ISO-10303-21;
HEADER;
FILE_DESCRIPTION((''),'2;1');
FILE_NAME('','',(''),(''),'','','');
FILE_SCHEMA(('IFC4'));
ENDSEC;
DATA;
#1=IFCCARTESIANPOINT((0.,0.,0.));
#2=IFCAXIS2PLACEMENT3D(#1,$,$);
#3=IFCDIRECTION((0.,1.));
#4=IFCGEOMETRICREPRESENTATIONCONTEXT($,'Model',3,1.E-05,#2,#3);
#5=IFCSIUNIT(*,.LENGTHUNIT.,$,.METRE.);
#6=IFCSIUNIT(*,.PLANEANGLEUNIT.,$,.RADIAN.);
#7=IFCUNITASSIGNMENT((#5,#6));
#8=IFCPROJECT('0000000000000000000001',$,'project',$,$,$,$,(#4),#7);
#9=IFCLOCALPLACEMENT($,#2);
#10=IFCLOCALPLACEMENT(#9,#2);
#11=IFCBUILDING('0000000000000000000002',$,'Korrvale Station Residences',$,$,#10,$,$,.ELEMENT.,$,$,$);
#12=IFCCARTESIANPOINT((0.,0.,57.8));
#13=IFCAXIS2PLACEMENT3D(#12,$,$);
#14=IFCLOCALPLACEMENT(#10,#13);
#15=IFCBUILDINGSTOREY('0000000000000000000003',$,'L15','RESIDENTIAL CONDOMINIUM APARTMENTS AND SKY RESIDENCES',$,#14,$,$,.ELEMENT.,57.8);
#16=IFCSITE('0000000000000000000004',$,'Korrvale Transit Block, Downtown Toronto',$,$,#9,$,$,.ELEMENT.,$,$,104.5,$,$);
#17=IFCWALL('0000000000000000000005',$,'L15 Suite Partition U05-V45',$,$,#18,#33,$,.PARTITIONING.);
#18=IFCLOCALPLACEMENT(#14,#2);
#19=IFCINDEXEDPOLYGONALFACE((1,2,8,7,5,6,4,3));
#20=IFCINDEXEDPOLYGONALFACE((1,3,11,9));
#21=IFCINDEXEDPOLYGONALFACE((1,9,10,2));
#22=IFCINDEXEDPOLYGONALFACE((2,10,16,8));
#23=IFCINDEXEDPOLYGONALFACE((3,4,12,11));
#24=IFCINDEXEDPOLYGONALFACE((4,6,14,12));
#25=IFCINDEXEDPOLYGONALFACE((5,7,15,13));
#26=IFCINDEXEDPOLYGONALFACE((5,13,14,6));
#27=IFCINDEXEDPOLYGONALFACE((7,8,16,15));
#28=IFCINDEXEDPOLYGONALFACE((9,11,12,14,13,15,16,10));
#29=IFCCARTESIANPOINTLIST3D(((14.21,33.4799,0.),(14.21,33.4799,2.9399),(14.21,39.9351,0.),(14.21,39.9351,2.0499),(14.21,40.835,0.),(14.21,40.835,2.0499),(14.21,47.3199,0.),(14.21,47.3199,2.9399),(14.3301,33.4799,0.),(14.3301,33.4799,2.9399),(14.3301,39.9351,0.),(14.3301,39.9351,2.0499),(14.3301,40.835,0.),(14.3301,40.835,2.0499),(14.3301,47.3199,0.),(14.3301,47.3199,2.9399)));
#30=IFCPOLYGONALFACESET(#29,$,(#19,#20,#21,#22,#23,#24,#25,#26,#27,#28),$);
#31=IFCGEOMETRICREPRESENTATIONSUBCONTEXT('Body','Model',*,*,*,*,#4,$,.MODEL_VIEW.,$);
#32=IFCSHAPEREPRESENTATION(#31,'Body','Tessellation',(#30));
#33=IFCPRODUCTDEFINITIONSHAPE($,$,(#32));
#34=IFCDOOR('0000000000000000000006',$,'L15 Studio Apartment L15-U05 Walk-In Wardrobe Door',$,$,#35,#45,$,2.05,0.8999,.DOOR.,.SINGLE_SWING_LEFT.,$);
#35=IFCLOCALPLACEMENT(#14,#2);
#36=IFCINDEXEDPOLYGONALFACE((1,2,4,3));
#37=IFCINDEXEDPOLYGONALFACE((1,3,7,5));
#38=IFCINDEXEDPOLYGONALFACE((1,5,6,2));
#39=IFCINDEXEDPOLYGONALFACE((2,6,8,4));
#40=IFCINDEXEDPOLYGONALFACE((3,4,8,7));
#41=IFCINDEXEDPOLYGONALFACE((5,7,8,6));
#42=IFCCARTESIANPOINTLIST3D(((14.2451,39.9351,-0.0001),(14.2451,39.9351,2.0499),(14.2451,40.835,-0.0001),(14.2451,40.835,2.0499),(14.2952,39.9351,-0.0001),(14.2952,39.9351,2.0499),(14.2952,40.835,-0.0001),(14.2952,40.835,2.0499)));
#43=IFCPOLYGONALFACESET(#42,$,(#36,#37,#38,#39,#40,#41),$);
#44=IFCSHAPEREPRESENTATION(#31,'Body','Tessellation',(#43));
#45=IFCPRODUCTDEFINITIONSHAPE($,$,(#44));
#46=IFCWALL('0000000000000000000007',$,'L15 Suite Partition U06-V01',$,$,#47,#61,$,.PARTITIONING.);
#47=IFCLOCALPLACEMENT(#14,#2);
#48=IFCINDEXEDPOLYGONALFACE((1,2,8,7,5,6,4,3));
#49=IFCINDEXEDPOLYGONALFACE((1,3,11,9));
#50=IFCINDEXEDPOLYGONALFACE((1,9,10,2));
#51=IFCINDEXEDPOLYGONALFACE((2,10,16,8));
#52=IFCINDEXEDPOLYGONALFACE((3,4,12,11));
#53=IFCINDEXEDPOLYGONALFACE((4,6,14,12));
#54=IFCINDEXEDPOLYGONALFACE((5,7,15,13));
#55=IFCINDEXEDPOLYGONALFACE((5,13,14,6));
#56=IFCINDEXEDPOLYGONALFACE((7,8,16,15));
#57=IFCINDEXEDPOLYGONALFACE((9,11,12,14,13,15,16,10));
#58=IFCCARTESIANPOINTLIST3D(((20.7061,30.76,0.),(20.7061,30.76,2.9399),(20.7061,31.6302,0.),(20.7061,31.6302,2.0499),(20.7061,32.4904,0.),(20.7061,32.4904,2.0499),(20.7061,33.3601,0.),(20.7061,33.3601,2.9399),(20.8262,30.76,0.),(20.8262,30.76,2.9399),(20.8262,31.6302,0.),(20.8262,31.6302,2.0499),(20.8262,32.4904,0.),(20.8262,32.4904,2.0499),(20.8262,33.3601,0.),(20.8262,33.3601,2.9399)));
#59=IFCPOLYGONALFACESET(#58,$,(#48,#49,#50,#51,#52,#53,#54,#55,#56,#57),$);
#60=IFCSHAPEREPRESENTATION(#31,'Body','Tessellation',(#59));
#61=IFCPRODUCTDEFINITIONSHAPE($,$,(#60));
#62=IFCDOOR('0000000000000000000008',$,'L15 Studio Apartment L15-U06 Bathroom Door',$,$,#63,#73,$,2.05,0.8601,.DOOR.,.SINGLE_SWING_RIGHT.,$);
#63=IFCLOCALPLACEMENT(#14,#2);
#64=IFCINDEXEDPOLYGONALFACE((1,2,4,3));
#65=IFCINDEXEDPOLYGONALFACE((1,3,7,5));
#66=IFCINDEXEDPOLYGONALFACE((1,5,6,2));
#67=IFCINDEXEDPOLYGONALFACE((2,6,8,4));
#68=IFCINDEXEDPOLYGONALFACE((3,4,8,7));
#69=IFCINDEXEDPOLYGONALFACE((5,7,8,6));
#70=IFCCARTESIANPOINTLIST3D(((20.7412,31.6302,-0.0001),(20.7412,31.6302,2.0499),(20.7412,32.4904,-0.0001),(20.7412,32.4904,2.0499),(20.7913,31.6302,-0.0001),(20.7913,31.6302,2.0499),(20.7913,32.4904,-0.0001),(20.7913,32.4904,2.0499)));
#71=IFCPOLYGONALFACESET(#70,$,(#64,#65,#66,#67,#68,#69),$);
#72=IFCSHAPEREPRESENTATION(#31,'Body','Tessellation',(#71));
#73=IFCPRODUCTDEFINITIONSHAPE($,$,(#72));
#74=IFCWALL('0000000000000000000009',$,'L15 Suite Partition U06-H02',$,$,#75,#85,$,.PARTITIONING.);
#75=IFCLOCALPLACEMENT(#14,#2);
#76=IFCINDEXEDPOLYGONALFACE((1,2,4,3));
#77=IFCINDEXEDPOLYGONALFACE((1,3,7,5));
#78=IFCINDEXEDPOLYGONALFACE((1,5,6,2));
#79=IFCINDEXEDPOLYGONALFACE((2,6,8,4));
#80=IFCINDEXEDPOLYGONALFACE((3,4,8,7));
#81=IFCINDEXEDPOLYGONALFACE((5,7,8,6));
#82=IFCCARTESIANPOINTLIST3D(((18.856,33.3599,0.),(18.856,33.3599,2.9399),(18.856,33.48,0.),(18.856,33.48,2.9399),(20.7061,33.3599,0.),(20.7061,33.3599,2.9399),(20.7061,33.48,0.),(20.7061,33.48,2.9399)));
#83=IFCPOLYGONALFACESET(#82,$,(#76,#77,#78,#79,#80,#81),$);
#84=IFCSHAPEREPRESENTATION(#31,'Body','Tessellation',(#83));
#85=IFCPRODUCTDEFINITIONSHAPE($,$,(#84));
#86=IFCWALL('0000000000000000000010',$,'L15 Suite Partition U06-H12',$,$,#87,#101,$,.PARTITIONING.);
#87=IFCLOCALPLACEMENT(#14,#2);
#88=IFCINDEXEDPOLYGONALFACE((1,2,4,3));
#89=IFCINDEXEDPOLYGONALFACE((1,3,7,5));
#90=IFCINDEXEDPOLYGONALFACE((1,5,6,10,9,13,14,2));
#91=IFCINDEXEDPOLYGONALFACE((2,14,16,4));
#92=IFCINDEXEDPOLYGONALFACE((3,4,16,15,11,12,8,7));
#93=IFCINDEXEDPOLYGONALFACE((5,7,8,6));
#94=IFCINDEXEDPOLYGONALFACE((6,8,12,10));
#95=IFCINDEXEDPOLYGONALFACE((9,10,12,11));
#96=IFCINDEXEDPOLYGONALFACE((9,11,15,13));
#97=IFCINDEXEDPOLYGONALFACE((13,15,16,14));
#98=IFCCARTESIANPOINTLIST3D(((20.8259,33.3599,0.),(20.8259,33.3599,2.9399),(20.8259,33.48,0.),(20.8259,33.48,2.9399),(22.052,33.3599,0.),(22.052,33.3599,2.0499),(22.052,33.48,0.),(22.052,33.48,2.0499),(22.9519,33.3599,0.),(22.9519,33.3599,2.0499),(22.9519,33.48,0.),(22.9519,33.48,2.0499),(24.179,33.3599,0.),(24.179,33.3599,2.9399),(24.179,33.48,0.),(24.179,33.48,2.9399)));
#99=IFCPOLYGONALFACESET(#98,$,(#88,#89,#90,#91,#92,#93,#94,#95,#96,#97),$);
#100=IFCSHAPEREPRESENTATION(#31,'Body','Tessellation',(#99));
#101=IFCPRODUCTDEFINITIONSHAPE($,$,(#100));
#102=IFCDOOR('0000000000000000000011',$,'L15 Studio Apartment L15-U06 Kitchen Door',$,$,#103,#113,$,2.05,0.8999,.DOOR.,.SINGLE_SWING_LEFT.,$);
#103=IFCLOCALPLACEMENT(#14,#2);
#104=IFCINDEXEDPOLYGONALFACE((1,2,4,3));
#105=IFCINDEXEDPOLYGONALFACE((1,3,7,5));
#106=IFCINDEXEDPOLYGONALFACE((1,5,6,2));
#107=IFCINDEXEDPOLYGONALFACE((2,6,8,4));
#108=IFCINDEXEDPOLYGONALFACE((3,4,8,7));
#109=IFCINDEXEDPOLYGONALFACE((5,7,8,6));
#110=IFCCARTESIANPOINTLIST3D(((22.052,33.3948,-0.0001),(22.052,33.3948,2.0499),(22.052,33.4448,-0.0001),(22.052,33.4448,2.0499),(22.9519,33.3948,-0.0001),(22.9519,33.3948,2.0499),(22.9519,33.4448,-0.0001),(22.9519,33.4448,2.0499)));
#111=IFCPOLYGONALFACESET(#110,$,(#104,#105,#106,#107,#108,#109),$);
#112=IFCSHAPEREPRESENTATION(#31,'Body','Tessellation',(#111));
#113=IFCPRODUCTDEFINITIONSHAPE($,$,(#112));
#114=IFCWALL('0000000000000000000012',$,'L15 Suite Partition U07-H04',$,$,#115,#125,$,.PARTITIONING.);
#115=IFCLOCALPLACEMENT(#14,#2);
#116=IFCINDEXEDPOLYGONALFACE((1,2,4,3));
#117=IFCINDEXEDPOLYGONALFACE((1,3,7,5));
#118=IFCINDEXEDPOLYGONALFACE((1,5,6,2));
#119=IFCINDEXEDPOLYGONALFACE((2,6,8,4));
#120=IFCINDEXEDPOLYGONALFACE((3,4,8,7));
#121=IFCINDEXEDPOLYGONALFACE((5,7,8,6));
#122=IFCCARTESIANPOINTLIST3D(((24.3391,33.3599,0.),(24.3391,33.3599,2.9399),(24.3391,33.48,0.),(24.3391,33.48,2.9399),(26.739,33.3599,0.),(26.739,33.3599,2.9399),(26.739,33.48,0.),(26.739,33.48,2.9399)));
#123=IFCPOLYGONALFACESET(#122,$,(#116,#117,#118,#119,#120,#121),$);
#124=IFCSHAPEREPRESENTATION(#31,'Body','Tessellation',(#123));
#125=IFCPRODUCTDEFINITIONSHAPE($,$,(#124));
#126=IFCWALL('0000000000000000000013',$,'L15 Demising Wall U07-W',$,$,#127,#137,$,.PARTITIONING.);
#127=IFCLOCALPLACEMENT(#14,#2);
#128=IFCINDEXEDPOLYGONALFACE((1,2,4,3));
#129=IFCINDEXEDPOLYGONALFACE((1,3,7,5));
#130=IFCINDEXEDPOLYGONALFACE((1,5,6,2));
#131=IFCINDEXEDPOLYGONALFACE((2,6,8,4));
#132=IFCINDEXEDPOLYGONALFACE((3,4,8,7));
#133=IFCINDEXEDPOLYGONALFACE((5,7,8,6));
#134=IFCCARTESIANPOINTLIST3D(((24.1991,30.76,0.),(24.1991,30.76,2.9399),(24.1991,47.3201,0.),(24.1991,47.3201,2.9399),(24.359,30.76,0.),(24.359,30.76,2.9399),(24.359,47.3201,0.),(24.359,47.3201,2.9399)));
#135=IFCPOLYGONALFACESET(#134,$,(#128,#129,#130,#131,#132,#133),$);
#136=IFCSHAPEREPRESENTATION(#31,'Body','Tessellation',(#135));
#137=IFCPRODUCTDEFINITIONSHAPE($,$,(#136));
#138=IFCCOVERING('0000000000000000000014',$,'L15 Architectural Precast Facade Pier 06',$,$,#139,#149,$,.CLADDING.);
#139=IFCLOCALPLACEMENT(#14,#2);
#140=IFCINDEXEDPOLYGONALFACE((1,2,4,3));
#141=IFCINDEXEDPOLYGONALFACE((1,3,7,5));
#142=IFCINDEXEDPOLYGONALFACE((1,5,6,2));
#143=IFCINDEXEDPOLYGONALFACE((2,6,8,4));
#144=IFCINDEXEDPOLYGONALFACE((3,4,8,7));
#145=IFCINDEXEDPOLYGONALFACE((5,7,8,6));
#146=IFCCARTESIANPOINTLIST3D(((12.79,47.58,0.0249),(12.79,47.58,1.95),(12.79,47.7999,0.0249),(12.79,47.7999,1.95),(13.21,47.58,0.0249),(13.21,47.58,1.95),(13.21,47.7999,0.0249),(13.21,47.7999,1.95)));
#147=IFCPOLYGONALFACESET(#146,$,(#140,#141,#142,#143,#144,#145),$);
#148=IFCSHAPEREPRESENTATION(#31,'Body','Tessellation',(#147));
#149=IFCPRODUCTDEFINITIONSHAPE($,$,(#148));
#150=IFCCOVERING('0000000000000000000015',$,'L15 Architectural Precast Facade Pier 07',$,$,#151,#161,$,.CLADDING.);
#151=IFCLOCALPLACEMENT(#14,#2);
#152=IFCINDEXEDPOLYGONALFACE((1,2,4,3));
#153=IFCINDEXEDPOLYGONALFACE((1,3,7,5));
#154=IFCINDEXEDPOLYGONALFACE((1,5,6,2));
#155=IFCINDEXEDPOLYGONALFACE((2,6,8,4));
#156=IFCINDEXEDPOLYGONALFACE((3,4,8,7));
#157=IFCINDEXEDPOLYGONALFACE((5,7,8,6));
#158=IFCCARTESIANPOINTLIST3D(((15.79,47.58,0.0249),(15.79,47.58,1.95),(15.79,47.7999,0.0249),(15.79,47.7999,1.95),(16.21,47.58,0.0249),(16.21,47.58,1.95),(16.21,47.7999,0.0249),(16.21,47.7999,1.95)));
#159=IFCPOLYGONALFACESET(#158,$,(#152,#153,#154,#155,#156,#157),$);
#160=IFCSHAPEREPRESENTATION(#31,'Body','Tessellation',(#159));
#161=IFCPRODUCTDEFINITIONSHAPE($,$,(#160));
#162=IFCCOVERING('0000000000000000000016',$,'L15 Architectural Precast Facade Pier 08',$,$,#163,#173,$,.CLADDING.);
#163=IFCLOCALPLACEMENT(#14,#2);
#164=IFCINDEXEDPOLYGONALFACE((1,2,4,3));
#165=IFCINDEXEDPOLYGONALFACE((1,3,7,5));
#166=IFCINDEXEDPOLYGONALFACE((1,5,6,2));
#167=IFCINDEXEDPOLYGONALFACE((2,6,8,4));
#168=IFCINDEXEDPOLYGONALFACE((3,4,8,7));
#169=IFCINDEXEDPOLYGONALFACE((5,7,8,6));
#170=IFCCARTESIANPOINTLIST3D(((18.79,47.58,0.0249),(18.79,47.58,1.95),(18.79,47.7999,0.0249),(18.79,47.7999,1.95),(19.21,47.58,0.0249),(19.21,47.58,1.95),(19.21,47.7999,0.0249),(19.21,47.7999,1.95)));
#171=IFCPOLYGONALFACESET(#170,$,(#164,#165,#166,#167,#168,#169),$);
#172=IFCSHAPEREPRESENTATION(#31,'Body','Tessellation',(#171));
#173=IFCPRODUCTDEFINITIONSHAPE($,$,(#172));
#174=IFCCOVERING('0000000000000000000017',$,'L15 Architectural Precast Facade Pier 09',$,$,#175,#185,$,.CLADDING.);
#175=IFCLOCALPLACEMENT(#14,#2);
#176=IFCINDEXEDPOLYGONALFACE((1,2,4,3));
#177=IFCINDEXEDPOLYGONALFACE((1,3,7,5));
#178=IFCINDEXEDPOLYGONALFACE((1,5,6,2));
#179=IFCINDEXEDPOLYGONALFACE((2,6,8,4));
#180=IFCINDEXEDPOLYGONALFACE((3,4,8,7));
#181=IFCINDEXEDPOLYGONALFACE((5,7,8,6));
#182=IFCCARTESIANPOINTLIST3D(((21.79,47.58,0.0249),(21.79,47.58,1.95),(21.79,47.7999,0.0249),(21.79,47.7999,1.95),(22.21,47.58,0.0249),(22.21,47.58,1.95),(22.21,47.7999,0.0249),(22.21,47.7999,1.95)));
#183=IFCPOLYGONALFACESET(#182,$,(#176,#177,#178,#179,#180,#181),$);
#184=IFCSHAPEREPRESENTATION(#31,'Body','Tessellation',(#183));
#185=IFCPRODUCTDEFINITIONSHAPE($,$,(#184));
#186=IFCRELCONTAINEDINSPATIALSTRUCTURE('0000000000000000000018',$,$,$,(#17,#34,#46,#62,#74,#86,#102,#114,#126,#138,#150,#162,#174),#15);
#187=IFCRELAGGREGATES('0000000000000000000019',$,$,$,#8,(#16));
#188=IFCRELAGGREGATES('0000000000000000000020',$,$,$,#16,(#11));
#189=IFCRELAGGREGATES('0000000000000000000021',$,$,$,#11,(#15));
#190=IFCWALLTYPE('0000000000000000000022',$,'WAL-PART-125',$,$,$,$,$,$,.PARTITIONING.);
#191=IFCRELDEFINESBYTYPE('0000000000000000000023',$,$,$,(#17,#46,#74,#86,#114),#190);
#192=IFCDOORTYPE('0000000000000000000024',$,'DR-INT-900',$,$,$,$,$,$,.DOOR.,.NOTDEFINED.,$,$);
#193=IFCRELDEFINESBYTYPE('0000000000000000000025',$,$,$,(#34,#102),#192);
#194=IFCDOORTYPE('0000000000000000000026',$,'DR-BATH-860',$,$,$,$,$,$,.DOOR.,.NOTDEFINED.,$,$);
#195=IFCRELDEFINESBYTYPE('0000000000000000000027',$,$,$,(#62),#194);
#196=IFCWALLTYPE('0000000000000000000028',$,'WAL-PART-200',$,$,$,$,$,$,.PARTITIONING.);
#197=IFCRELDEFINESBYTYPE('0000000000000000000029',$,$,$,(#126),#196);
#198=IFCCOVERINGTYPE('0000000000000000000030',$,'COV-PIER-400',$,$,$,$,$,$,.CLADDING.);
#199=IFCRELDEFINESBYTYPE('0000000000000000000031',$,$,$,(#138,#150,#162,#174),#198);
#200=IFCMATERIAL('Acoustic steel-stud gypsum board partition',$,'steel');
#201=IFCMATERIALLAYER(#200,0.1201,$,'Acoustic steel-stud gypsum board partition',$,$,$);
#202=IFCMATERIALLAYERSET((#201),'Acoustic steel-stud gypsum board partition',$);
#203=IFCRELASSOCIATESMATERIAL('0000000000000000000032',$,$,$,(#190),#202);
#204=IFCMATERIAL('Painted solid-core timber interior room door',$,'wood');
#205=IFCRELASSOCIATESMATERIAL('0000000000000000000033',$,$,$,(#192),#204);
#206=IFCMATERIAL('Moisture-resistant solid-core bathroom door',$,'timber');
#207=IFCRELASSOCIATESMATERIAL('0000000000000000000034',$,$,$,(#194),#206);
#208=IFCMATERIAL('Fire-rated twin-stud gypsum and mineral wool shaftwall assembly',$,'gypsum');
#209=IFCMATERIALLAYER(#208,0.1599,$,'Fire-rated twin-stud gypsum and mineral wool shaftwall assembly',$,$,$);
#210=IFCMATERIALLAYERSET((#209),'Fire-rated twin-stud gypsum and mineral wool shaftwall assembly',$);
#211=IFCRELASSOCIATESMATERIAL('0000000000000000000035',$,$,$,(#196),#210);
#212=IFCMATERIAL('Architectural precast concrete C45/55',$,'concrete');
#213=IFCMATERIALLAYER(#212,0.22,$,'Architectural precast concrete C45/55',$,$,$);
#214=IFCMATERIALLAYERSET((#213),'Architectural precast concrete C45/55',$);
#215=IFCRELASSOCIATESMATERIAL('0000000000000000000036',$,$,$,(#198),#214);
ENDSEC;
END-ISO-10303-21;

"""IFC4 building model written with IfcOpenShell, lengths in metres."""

from ifc_helpers import new_model, si_unit, direction, frame, frame_2d, origin, origin_2d, place, context, subcontext, project, spatial, rectangle, extrude, material, layer, layer_set, type_object, element, fill, save


model = new_model("IFC4")

# Units and contexts
model_context = context("Model", 3, precision=1e-05, world=origin(), true_north=direction((0.0, 1.0)))
body_context = subcontext(model_context, "Body", "Model", "MODEL_VIEW")
ifc_project = project(units=[si_unit("LENGTHUNIT", "METRE"), si_unit("PLANEANGLEUNIT", "RADIAN")], contexts=[model_context])

# Site, building, storey
site_placement = place(None, origin())
site = spatial("IfcSite", under=ifc_project, at=site_placement, Name="Korrvale Transit Block, Downtown Toronto", CompositionType="ELEMENT", RefElevation=104.5)
building_placement = place(site_placement, origin())
building = spatial("IfcBuilding", under=site, at=building_placement, Name="Korrvale Station Residences", CompositionType="ELEMENT")
storey_placement = place(building_placement, frame((0.0, 0.0, 57.8)))
storey = spatial("IfcBuildingStorey", under=building, at=storey_placement, Name="L15", Description="RESIDENTIAL CONDOMINIUM APARTMENTS AND SKY RESIDENCES", CompositionType="ELEMENT", Elevation=57.8)

# Walls, openings, doors
ifc_material_1 = material(Name="Acoustic steel-stud gypsum board partition", Category="steel")
ifc_layer_1 = layer(ifc_material_1, 0.1201, Name="Acoustic steel-stud gypsum board partition")
ifc_layer_set_1 = layer_set([ifc_layer_1], Name="Acoustic steel-stud gypsum board partition")
wall_type_1 = type_object("IfcWallType", Name="WAL-PART-125", PredefinedType="PARTITIONING", material=ifc_layer_set_1)
ifc_material_2 = material(Name="Painted solid-core timber interior room door", Category="wood")
door_type_1 = type_object("IfcDoorType", Name="DR-INT-900", OperationType="NOTDEFINED", PredefinedType="DOOR", material=ifc_material_2)
wall_1_placement = place(storey_placement, frame((14.27, 33.48, 0.0), z_axis=(0.0, 0.0, 1.0), x_axis=(0.0, 1.0, 0.0)))
wall_1 = element("IfcWall", 1, at=wall_1_placement, inside=storey, type_object=wall_type_1, Name="L15 Suite Partition U05-V45", PredefinedType="PARTITIONING", context=body_context, shape_type="SweptSolid", body=[
    extrude(rectangle(XDim=13.8401, YDim=0.1201, at=frame_2d((6.9199, 0.0))), origin(), (0.0, 0.0, 1.0), 2.9399),
])
opening_1_placement = place(wall_1_placement, frame((6.4551, 0.0, 0.0)))
opening_1 = element("IfcOpeningElement", 2, at=opening_1_placement, cuts=wall_1, PredefinedType="OPENING", context=body_context, shape_type="SweptSolid", body=[
    extrude(rectangle(XDim=0.8999, YDim=2.05, at=frame_2d((0.45, 1.0249))), frame((0.0, 0.0701, 0.0), z_axis=(0.0, -1.0, 0.0), x_axis=(1.0, 0.0, 0.0)), (0.0, 0.0, 1.0), 0.1401),
])
door_1_placement = place(opening_1_placement, origin())
door_1 = element("IfcDoor", 3, at=door_1_placement, inside=storey, type_object=door_type_1, Name="L15 Studio Apartment L15-U05 Walk-In Wardrobe Door", OperationType="SINGLE_SWING_LEFT", OverallHeight=2.05, OverallWidth=0.8999, PredefinedType="DOOR", context=body_context, shape_type="SweptSolid", body=[
    extrude(rectangle(XDim=0.8999, YDim=2.05, at=frame_2d((0.45, 1.0249))), frame((0.0, 0.0249, 0.0), z_axis=(0.0, -1.0, 0.0), x_axis=(1.0, 0.0, 0.0)), (0.0, 0.0, 1.0), 0.05),
])
fill(opening_1, door_1)
wall_2_placement = place(storey_placement, frame((20.7661, 30.76, 0.0), z_axis=(0.0, 0.0, 1.0), x_axis=(0.0, 1.0, 0.0)))
wall_2 = element("IfcWall", 4, at=wall_2_placement, inside=storey, type_object=wall_type_1, Name="L15 Suite Partition U06-V01", PredefinedType="PARTITIONING", context=body_context, shape_type="SweptSolid", body=[
    extrude(rectangle(XDim=2.6001, YDim=0.1201, at=frame_2d((1.3, 0.0))), origin(), (0.0, 0.0, 1.0), 2.9399),
])
opening_2_placement = place(wall_2_placement, frame((0.8701, 0.0, 0.0)))
opening_2 = element("IfcOpeningElement", 5, at=opening_2_placement, cuts=wall_2, PredefinedType="OPENING", context=body_context, shape_type="SweptSolid", body=[
    extrude(rectangle(XDim=0.8601, YDim=2.05, at=frame_2d((0.4302, 1.0249))), frame((0.0, 0.0701, 0.0), z_axis=(0.0, -1.0, 0.0), x_axis=(1.0, 0.0, 0.0)), (0.0, 0.0, 1.0), 0.1401),
])
ifc_material_3 = material(Name="Moisture-resistant solid-core bathroom door", Category="timber")
door_type_2 = type_object("IfcDoorType", Name="DR-BATH-860", OperationType="NOTDEFINED", PredefinedType="DOOR", material=ifc_material_3)
door_2_placement = place(opening_2_placement, origin())
door_2 = element("IfcDoor", 6, at=door_2_placement, inside=storey, type_object=door_type_2, Name="L15 Studio Apartment L15-U06 Bathroom Door", OperationType="SINGLE_SWING_RIGHT", OverallHeight=2.05, OverallWidth=0.8601, PredefinedType="DOOR", context=body_context, shape_type="SweptSolid", body=[
    extrude(rectangle(XDim=0.8601, YDim=2.05, at=frame_2d((0.4302, 1.0249))), frame((0.0, 0.0249, 0.0), z_axis=(0.0, -1.0, 0.0), x_axis=(1.0, 0.0, 0.0)), (0.0, 0.0, 1.0), 0.05),
])
fill(opening_2, door_2)

# Wall
wall_3_placement = place(storey_placement, frame((18.856, 33.4199, 0.0), z_axis=(0.0, 0.0, 1.0), x_axis=(1.0, 0.0, 0.0)))
element("IfcWall", 7, at=wall_3_placement, inside=storey, type_object=wall_type_1, Name="L15 Suite Partition U06-H02", PredefinedType="PARTITIONING", context=body_context, shape_type="SweptSolid", body=[
    extrude(rectangle(XDim=1.8501, YDim=0.1201, at=frame_2d((0.925, 0.0))), origin(), (0.0, 0.0, 1.0), 2.9399),
])

# Wall, opening, door
wall_4_placement = place(storey_placement, frame((20.8259, 33.4199, 0.0), z_axis=(0.0, 0.0, 1.0), x_axis=(1.0, 0.0, 0.0)))
wall_4 = element("IfcWall", 8, at=wall_4_placement, inside=storey, type_object=wall_type_1, Name="L15 Suite Partition U06-H12", PredefinedType="PARTITIONING", context=body_context, shape_type="SweptSolid", body=[
    extrude(rectangle(XDim=3.353, YDim=0.1201, at=frame_2d((1.6765, 0.0))), origin(), (0.0, 0.0, 1.0), 2.9399),
])
opening_3_placement = place(wall_4_placement, frame((1.2261, 0.0, 0.0)))
opening_3 = element("IfcOpeningElement", 9, at=opening_3_placement, cuts=wall_4, PredefinedType="OPENING", context=body_context, shape_type="SweptSolid", body=[
    extrude(rectangle(XDim=0.8999, YDim=2.05, at=frame_2d((0.45, 1.0249))), frame((0.0, 0.0701, 0.0), z_axis=(0.0, -1.0, 0.0), x_axis=(1.0, 0.0, 0.0)), (0.0, 0.0, 1.0), 0.1401),
])
door_3_placement = place(opening_3_placement, origin())
door_3 = element("IfcDoor", 10, at=door_3_placement, inside=storey, type_object=door_type_1, Name="L15 Studio Apartment L15-U06 Kitchen Door", OperationType="SINGLE_SWING_LEFT", OverallHeight=2.05, OverallWidth=0.8999, PredefinedType="DOOR", context=body_context, shape_type="SweptSolid", body=[
    extrude(rectangle(XDim=0.8999, YDim=2.05, at=frame_2d((0.45, 1.0249))), frame((0.0, 0.0249, 0.0), z_axis=(0.0, -1.0, 0.0), x_axis=(1.0, 0.0, 0.0)), (0.0, 0.0, 1.0), 0.05),
])
fill(opening_3, door_3)

# Walls
wall_5_placement = place(storey_placement, frame((24.3391, 33.4199, 0.0), z_axis=(0.0, 0.0, 1.0), x_axis=(1.0, 0.0, 0.0)))
element("IfcWall", 11, at=wall_5_placement, inside=storey, type_object=wall_type_1, Name="L15 Suite Partition U07-H04", PredefinedType="PARTITIONING", context=body_context, shape_type="SweptSolid", body=[
    extrude(rectangle(XDim=2.3999, YDim=0.1201, at=frame_2d((1.2, 0.0))), origin(), (0.0, 0.0, 1.0), 2.9399),
])
ifc_material_4 = material(Name="Fire-rated twin-stud gypsum and mineral wool shaftwall assembly", Category="gypsum")
ifc_layer_2 = layer(ifc_material_4, 0.1599, Name="Fire-rated twin-stud gypsum and mineral wool shaftwall assembly")
ifc_layer_set_2 = layer_set([ifc_layer_2], Name="Fire-rated twin-stud gypsum and mineral wool shaftwall assembly")
wall_type_2 = type_object("IfcWallType", Name="WAL-PART-200", PredefinedType="PARTITIONING", material=ifc_layer_set_2)
wall_6_placement = place(storey_placement, frame((24.2791, 30.76, 0.0), z_axis=(0.0, 0.0, 1.0), x_axis=(0.0, 1.0, 0.0)))
element("IfcWall", 12, at=wall_6_placement, inside=storey, type_object=wall_type_2, Name="L15 Demising Wall U07-W", PredefinedType="PARTITIONING", context=body_context, shape_type="SweptSolid", body=[
    extrude(rectangle(XDim=16.5601, YDim=0.1599, at=frame_2d((8.28, 0.0))), origin(), (0.0, 0.0, 1.0), 2.9399),
])

# Coverings
ifc_material_5 = material(Name="Architectural precast concrete C45/55", Category="concrete")
ifc_layer_3 = layer(ifc_material_5, 0.22, Name="Architectural precast concrete C45/55")
ifc_layer_set_3 = layer_set([ifc_layer_3], Name="Architectural precast concrete C45/55")
covering_type = type_object("IfcCoveringType", Name="COV-PIER-400", PredefinedType="CLADDING", material=ifc_layer_set_3)
for number, where, z_axis, x_axis, name in (
    (13, (13.0, 47.6899, 0.0249), (0.0, 0.0, 1.0), (1.0, 0.0, 0.0), "L15 Architectural Precast Facade Pier 06"),
    (14, (16.0, 47.6899, 0.0249), (0.0, 0.0, 1.0), (1.0, 0.0, 0.0), "L15 Architectural Precast Facade Pier 07"),
    (15, (19.0, 47.6899, 0.0249), (0.0, 0.0, 1.0), (1.0, 0.0, 0.0), "L15 Architectural Precast Facade Pier 08"),
    (16, (22.0, 47.6899, 0.0249), (0.0, 0.0, 1.0), (1.0, 0.0, 0.0), "L15 Architectural Precast Facade Pier 09"),
):
    element("IfcCovering", number, at=place(storey_placement, frame(where, z_axis=z_axis, x_axis=x_axis)), inside=storey, type_object=covering_type, Name=name, PredefinedType="CLADDING", context=body_context, shape_type="SweptSolid", body=[
        extrude(rectangle(XDim=0.4199, YDim=0.22, at=origin_2d()), origin(), (0.0, 0.0, 1.0), 1.925),
    ])

save(model, "model.ifc")
